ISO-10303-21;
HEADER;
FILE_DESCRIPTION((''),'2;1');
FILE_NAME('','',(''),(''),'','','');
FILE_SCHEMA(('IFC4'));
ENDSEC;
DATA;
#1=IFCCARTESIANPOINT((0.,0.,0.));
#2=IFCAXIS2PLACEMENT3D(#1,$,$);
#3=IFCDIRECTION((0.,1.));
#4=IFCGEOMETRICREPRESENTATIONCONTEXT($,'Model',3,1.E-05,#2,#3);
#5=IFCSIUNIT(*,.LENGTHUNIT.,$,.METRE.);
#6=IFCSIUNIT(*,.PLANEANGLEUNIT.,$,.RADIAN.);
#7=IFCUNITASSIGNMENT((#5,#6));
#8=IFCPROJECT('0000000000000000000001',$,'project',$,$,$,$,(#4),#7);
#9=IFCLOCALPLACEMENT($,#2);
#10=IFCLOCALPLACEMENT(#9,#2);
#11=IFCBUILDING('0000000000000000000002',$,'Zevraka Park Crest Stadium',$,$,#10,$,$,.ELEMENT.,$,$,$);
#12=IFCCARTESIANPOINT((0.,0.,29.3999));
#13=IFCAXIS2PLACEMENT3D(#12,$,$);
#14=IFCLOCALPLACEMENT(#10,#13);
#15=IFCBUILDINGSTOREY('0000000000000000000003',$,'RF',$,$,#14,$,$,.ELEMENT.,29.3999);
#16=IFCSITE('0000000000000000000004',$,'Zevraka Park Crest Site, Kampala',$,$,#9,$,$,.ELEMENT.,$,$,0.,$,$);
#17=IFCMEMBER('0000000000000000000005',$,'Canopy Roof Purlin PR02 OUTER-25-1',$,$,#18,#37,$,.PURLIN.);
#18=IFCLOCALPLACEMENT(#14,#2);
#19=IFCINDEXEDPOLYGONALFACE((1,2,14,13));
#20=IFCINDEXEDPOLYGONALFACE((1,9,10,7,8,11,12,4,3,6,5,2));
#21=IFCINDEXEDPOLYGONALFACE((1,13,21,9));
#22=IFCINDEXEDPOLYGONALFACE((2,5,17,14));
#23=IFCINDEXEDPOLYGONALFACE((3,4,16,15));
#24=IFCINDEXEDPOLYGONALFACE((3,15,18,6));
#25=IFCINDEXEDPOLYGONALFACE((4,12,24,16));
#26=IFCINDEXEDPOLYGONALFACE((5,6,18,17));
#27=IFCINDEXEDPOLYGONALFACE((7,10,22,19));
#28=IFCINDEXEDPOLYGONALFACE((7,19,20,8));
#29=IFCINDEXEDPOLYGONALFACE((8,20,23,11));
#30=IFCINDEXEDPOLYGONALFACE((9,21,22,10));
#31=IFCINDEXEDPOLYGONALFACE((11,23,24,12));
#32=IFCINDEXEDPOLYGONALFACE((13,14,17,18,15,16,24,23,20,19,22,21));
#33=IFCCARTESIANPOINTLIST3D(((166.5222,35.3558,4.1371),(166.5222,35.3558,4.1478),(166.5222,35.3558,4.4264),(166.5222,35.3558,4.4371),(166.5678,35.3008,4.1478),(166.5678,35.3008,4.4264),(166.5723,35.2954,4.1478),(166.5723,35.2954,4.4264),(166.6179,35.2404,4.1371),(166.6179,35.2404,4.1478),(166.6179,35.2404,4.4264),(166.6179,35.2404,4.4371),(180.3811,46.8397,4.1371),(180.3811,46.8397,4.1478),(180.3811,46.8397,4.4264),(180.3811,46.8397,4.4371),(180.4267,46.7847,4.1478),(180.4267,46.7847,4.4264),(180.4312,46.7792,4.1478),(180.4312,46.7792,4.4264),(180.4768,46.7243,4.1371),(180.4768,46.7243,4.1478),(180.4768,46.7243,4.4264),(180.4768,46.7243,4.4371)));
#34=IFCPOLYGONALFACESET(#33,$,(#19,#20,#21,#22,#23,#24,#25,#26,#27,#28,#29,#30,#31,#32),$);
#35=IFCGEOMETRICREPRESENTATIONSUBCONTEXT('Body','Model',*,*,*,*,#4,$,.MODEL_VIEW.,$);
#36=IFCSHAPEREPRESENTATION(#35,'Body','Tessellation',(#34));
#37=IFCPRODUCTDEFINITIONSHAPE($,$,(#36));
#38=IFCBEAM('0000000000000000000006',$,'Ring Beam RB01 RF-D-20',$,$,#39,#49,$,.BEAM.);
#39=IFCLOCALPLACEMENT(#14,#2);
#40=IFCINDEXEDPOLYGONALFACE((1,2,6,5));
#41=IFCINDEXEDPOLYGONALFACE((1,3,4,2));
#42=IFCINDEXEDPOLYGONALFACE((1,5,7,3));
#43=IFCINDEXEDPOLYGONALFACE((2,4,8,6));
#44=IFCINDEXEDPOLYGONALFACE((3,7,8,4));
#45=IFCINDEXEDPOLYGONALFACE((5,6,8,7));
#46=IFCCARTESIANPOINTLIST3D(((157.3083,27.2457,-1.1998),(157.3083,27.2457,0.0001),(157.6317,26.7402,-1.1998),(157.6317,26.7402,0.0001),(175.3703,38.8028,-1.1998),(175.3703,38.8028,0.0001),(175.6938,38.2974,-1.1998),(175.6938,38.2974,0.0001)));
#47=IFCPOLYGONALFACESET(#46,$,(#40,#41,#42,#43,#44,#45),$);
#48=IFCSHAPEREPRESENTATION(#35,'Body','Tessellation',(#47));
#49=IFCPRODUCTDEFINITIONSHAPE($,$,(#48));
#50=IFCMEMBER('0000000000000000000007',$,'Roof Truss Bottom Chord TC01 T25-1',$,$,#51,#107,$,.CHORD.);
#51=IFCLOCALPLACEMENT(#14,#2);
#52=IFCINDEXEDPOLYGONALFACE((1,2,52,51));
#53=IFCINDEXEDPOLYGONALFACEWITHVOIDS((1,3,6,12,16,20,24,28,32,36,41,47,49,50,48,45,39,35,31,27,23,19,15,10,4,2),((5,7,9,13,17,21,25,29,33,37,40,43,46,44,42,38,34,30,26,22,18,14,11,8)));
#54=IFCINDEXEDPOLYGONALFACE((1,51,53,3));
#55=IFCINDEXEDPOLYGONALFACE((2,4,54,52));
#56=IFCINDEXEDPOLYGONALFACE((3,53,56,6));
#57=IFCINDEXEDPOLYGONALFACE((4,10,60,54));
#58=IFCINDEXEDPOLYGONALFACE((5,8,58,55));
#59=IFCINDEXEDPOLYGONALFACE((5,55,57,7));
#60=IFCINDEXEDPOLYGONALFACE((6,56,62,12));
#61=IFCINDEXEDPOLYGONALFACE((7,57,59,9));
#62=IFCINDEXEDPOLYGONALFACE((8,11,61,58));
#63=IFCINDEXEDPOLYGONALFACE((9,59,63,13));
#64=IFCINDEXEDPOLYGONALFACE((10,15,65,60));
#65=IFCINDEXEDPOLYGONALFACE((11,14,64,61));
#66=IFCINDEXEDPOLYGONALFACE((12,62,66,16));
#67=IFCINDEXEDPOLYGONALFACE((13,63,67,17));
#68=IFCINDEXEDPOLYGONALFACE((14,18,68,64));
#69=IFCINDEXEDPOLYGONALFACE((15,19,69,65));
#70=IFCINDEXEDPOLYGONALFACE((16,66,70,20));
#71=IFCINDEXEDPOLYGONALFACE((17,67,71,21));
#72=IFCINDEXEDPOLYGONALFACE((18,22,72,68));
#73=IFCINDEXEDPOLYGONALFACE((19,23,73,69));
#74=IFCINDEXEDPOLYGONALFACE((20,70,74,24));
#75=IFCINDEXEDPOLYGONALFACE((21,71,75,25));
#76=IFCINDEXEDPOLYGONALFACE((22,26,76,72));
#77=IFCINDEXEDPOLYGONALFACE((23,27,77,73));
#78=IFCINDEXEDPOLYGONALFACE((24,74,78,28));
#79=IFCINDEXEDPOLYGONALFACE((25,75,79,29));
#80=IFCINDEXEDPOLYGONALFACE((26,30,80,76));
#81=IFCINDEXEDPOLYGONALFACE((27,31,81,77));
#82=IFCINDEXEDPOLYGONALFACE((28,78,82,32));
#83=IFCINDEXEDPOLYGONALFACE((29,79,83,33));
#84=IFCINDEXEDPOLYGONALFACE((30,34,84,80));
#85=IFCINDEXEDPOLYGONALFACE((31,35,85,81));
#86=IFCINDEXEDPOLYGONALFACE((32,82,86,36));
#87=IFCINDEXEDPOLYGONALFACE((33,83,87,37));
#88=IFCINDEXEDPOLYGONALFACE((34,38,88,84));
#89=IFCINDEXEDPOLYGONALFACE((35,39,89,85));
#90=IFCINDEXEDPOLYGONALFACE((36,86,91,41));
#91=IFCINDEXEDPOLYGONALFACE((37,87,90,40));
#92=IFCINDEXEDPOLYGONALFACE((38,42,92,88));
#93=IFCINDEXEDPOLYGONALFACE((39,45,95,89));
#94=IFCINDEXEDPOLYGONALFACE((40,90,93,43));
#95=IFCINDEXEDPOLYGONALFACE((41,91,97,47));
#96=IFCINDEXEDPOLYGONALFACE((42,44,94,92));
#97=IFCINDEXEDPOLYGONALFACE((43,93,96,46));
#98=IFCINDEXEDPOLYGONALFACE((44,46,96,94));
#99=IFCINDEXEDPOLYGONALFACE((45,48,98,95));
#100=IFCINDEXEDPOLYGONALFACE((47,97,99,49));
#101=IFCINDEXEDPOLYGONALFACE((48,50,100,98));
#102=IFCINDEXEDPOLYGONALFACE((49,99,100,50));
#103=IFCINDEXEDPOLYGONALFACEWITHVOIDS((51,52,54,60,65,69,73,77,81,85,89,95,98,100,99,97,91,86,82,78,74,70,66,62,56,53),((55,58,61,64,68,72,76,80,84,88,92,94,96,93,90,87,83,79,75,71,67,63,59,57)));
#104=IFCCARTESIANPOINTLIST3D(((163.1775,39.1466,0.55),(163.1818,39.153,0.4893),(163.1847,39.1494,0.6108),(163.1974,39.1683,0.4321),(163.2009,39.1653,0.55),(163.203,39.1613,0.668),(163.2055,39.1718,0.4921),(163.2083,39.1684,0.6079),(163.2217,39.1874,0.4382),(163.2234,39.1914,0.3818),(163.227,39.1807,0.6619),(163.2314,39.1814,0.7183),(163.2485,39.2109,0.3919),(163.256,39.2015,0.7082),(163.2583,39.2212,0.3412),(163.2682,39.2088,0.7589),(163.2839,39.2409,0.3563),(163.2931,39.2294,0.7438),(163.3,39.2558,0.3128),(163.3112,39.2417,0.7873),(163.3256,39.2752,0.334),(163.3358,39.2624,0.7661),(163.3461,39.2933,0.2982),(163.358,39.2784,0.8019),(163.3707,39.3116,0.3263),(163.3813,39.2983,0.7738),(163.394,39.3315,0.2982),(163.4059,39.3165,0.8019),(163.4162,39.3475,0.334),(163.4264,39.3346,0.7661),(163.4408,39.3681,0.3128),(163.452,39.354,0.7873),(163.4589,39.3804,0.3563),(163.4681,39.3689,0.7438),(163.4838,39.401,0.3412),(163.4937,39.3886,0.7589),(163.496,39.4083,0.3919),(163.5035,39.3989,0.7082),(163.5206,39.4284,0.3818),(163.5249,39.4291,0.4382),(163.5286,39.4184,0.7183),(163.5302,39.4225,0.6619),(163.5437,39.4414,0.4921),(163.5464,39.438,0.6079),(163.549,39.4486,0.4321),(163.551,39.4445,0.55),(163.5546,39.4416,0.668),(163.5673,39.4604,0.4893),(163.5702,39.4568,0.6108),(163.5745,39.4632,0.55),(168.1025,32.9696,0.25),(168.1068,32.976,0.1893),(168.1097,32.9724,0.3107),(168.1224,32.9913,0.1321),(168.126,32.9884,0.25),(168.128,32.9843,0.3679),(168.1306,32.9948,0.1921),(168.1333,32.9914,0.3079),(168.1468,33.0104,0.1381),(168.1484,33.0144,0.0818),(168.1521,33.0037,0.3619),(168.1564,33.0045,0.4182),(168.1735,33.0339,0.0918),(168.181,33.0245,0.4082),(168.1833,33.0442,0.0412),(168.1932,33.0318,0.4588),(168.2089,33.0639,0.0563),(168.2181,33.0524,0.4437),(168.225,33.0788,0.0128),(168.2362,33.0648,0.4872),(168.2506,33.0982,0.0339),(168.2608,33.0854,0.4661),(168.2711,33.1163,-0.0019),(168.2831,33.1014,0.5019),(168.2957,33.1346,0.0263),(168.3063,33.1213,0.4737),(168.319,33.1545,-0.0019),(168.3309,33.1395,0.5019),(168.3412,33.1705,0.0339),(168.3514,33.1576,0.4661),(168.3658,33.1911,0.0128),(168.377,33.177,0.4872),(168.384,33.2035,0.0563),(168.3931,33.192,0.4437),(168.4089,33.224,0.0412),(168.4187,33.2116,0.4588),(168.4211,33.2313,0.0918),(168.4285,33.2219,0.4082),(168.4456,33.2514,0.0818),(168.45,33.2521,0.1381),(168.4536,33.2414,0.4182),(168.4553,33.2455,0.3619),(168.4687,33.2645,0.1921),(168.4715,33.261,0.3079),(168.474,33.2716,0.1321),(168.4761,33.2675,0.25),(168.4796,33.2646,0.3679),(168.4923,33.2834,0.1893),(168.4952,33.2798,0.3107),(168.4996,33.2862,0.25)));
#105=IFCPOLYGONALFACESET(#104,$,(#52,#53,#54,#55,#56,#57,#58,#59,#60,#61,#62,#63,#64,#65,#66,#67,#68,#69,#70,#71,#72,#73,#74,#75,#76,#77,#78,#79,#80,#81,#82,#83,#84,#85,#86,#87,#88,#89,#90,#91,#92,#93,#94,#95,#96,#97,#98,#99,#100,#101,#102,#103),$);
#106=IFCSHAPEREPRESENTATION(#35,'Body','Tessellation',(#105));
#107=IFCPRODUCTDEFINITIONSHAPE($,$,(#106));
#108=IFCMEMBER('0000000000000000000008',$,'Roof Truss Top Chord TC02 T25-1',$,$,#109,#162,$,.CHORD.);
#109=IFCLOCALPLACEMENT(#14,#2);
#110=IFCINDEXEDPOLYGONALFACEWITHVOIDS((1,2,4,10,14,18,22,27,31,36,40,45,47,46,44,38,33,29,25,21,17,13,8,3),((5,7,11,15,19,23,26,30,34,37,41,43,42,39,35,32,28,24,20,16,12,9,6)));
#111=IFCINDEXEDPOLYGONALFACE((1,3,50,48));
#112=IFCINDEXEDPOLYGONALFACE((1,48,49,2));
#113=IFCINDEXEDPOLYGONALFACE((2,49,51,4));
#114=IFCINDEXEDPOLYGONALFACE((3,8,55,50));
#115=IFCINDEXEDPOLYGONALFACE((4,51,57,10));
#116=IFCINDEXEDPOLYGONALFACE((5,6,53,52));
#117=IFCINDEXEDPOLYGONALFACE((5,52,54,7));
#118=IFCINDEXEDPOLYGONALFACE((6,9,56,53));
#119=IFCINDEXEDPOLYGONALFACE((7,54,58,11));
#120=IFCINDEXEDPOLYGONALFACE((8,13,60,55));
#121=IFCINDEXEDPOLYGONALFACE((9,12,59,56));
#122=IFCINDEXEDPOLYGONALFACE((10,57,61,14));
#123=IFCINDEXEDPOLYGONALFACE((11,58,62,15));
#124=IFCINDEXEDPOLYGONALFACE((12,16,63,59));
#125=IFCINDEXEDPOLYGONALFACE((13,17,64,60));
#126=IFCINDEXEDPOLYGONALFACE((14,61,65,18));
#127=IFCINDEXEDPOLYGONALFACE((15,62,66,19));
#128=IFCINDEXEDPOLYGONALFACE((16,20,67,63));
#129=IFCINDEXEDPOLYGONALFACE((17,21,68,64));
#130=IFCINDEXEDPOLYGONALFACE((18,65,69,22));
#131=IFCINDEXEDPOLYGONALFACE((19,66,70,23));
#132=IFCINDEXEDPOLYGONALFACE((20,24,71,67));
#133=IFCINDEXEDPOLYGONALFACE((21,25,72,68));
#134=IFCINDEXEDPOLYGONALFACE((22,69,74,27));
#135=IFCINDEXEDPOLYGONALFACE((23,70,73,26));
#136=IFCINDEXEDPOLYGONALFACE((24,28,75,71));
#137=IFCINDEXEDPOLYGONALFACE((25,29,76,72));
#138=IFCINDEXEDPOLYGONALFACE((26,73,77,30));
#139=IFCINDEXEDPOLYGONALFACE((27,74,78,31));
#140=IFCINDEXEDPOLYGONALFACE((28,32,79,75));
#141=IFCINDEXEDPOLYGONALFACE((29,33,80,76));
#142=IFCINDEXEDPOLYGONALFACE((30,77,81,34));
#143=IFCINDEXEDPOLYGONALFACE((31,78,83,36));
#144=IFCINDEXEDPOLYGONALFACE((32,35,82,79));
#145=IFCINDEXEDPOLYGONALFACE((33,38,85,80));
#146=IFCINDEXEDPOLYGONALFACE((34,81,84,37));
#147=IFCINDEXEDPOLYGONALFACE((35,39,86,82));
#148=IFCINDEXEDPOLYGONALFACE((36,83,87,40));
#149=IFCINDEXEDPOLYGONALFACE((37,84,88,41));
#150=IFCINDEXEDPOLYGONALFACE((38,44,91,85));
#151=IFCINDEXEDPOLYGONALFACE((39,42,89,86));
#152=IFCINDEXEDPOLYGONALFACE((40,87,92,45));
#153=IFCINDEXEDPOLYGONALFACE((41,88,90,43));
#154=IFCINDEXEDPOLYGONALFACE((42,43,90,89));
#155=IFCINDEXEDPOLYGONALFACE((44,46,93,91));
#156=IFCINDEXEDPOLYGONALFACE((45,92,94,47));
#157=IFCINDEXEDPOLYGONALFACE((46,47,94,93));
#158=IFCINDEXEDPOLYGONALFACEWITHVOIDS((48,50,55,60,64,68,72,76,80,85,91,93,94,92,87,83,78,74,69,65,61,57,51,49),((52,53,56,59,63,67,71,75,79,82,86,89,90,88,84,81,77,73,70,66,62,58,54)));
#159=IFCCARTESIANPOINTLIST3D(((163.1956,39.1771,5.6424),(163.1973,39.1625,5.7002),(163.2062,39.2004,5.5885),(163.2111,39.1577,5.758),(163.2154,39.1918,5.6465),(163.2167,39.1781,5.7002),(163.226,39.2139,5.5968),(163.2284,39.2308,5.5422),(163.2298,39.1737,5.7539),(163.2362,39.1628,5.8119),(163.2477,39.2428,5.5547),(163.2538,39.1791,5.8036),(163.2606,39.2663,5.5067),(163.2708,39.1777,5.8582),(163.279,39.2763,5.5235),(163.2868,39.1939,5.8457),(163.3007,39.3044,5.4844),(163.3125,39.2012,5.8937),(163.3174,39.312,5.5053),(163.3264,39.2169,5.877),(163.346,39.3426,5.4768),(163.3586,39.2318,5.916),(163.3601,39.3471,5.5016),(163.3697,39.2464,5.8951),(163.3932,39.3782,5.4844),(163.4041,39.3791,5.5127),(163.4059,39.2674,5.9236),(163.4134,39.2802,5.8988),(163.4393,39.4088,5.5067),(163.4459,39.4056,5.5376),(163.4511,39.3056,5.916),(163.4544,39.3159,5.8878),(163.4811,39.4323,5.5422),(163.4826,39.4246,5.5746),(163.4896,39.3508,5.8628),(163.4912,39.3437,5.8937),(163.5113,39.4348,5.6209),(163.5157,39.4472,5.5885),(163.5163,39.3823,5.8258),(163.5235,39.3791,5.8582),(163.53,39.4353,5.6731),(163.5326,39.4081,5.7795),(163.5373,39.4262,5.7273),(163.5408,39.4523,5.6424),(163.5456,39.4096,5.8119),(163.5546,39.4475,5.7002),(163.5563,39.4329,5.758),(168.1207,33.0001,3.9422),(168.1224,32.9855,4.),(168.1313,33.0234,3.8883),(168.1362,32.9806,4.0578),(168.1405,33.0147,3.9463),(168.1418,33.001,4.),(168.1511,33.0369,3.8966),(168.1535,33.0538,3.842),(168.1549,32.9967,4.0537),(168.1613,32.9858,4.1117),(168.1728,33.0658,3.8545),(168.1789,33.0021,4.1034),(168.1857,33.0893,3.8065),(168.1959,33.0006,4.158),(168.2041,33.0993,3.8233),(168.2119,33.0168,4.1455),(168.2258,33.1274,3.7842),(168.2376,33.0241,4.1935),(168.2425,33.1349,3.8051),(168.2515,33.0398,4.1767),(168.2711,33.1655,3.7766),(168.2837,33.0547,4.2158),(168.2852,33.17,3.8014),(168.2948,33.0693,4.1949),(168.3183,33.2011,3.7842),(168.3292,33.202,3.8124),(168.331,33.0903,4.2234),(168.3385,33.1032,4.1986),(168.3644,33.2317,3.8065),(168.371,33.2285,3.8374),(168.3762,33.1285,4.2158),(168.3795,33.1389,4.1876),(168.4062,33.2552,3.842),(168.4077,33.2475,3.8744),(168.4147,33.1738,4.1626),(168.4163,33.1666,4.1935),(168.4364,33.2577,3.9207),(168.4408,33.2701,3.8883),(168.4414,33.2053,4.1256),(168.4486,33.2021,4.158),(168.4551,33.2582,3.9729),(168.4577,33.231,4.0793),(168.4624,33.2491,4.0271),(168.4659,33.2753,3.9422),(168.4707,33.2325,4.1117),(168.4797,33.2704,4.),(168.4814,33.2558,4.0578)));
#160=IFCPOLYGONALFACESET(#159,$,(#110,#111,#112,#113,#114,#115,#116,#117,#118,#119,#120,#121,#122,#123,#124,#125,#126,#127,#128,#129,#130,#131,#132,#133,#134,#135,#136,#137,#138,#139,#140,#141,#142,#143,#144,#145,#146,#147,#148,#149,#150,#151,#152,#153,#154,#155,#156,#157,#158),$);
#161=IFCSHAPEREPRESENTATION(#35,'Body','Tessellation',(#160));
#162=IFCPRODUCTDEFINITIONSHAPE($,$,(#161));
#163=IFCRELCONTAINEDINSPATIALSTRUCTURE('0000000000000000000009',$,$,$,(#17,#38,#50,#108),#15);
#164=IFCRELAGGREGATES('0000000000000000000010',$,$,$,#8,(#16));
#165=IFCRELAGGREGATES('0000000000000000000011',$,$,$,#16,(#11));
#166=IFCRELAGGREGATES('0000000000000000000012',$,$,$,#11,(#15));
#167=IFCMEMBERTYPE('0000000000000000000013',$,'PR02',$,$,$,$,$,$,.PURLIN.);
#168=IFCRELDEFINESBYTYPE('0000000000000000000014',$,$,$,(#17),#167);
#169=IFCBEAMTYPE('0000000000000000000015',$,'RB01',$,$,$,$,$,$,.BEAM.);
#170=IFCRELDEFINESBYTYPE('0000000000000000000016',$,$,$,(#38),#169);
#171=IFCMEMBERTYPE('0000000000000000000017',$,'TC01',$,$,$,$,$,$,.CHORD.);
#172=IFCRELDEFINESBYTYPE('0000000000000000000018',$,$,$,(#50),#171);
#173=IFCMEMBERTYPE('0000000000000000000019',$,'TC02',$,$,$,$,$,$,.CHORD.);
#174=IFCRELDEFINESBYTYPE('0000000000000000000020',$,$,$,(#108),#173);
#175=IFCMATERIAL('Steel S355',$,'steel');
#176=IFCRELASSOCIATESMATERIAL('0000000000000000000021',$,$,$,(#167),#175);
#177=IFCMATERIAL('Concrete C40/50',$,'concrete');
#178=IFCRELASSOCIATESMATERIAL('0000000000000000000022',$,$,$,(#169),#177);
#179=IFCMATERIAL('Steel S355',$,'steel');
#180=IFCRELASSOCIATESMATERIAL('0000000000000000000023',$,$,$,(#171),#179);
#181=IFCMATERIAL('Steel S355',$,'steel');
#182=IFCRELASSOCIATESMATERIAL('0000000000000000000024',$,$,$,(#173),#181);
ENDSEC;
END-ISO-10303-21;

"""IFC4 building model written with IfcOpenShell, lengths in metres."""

from ifc_helpers import new_model, si_unit, direction, frame, origin, origin_2d, place, context, subcontext, project, spatial, rectangle, hollow_circle, i_section, extrude, material, material_profile, profile_set, type_object, element, save


model = new_model("IFC4")

# Units and contexts
model_context = context("Model", 3, precision=1e-05, world=origin(), true_north=direction((0.0, 1.0)))
body_context = subcontext(model_context, "Body", "Model", "MODEL_VIEW")
ifc_project = project(units=[si_unit("LENGTHUNIT", "METRE"), si_unit("PLANEANGLEUNIT", "RADIAN")], contexts=[model_context])

# Site, building, storey
site_placement = place(None, origin())
site = spatial("IfcSite", under=ifc_project, at=site_placement, Name="Zevraka Park Crest Site, Kampala", CompositionType="ELEMENT", RefElevation=0.0)
building_placement = place(site_placement, origin())
building = spatial("IfcBuilding", under=site, at=building_placement, Name="Zevraka Park Crest Stadium", CompositionType="ELEMENT")
storey_placement = place(building_placement, frame((0.0, 0.0, 29.3999)))
storey = spatial("IfcBuildingStorey", under=building, at=storey_placement, Name="RF", CompositionType="ELEMENT", Elevation=29.3999)

# Member
ifc_material_1 = material(Name="Steel S355", Category="steel")
ifc_material_profile_1 = material_profile(ifc_material_1, i_section(OverallWidth=0.1499, OverallDepth=0.3, WebThickness=0.0071, FlangeThickness=0.0107, at=origin_2d()), Name="IPE 300")
ifc_profile_set_1 = profile_set([ifc_material_profile_1], Name="Steel S355")
member_type_1 = type_object("IfcMemberType", Name="PR02", PredefinedType="PURLIN", material=ifc_profile_set_1)
member_1_placement = place(storey_placement, frame((166.5701, 35.2981, 4.2871), z_axis=(0.769999, 0.638045, 0.0), x_axis=(-0.638045, 0.769999, 0.0)))
element("IfcMember", 1, at=member_1_placement, inside=storey, type_object=member_type_1, Name="Canopy Roof Purlin PR02 OUTER-25-1", PredefinedType="PURLIN", context=body_context, shape_type="SweptSolid", body=[
    extrude(i_section(OverallWidth=0.1499, OverallDepth=0.3, WebThickness=0.0071, FlangeThickness=0.0107, at=origin_2d()), origin(), (0.0, 0.0, 1.0), 17.9985),
])

# Beam
ifc_material_2 = material(Name="Concrete C40/50", Category="concrete")
ifc_material_profile_2 = material_profile(ifc_material_2, rectangle(XDim=0.6001, YDim=1.2, at=origin_2d()), Name="RC 1200x600")
ifc_profile_set_2 = profile_set([ifc_material_profile_2], Name="Concrete C40/50")
beam_type = type_object("IfcBeamType", Name="RB01", PredefinedType="BEAM", material=ifc_profile_set_2)
beam_placement = place(storey_placement, frame((157.47, 26.9929, -0.5999), z_axis=(0.842326, 0.538969, 0.0), x_axis=(-0.538969, 0.842326, 0.0)))
element("IfcBeam", 2, at=beam_placement, inside=storey, type_object=beam_type, Name="Ring Beam RB01 RF-D-20", PredefinedType="BEAM", context=body_context, shape_type="SweptSolid", body=[
    extrude(rectangle(XDim=0.6001, YDim=1.2, at=origin_2d()), origin(), (0.0, 0.0, 1.0), 21.4431),
])

# Members
ifc_material_3 = material(Name="Steel S355", Category="steel")
ifc_material_profile_3 = material_profile(ifc_material_3, hollow_circle(Radius=0.2539, WallThickness=0.03, at=origin_2d()), Name="CHS 508.0x30")
ifc_profile_set_3 = profile_set([ifc_material_profile_3], Name="Steel S355")
member_type_2 = type_object("IfcMemberType", Name="TC01", PredefinedType="CHORD", material=ifc_profile_set_3)
member_2_placement = place(storey_placement, frame((168.301, 33.1279, 0.25), z_axis=(-0.622967, 0.781327, 0.037953), x_axis=(-0.78189, -0.623417, 0.0)))
element("IfcMember", 3, at=member_2_placement, inside=storey, type_object=member_type_2, Name="Roof Truss Bottom Chord TC01 T25-1", PredefinedType="CHORD", context=body_context, shape_type="SweptSolid", body=[
    extrude(hollow_circle(Radius=0.2539, WallThickness=0.03, at=origin_2d()), origin(), (0.0, 0.0, 1.0), 7.9058),
])
ifc_material_4 = material(Name="Steel S355", Category="steel")
ifc_material_profile_4 = material_profile(ifc_material_4, hollow_circle(Radius=0.2285, WallThickness=0.0249, at=origin_2d()), Name="CHS 457.0x25")
ifc_profile_set_4 = profile_set([ifc_material_profile_4], Name="Steel S355")
member_type_3 = type_object("IfcMemberType", Name="TC02", PredefinedType="CHORD", material=ifc_profile_set_4)
member_3_placement = place(storey_placement, frame((168.301, 33.1279, 4.0), z_axis=(-0.609462, 0.764388, 0.210395), x_axis=(-0.78189, -0.623417, 0.0)))
element("IfcMember", 4, at=member_3_placement, inside=storey, type_object=member_type_3, Name="Roof Truss Top Chord TC02 T25-1", PredefinedType="CHORD", context=body_context, shape_type="SweptSolid", body=[
    extrude(hollow_circle(Radius=0.2285, WallThickness=0.0249, at=origin_2d()), origin(), (0.0, 0.0, 1.0), 8.0811),
])

save(model, "model.ifc")
